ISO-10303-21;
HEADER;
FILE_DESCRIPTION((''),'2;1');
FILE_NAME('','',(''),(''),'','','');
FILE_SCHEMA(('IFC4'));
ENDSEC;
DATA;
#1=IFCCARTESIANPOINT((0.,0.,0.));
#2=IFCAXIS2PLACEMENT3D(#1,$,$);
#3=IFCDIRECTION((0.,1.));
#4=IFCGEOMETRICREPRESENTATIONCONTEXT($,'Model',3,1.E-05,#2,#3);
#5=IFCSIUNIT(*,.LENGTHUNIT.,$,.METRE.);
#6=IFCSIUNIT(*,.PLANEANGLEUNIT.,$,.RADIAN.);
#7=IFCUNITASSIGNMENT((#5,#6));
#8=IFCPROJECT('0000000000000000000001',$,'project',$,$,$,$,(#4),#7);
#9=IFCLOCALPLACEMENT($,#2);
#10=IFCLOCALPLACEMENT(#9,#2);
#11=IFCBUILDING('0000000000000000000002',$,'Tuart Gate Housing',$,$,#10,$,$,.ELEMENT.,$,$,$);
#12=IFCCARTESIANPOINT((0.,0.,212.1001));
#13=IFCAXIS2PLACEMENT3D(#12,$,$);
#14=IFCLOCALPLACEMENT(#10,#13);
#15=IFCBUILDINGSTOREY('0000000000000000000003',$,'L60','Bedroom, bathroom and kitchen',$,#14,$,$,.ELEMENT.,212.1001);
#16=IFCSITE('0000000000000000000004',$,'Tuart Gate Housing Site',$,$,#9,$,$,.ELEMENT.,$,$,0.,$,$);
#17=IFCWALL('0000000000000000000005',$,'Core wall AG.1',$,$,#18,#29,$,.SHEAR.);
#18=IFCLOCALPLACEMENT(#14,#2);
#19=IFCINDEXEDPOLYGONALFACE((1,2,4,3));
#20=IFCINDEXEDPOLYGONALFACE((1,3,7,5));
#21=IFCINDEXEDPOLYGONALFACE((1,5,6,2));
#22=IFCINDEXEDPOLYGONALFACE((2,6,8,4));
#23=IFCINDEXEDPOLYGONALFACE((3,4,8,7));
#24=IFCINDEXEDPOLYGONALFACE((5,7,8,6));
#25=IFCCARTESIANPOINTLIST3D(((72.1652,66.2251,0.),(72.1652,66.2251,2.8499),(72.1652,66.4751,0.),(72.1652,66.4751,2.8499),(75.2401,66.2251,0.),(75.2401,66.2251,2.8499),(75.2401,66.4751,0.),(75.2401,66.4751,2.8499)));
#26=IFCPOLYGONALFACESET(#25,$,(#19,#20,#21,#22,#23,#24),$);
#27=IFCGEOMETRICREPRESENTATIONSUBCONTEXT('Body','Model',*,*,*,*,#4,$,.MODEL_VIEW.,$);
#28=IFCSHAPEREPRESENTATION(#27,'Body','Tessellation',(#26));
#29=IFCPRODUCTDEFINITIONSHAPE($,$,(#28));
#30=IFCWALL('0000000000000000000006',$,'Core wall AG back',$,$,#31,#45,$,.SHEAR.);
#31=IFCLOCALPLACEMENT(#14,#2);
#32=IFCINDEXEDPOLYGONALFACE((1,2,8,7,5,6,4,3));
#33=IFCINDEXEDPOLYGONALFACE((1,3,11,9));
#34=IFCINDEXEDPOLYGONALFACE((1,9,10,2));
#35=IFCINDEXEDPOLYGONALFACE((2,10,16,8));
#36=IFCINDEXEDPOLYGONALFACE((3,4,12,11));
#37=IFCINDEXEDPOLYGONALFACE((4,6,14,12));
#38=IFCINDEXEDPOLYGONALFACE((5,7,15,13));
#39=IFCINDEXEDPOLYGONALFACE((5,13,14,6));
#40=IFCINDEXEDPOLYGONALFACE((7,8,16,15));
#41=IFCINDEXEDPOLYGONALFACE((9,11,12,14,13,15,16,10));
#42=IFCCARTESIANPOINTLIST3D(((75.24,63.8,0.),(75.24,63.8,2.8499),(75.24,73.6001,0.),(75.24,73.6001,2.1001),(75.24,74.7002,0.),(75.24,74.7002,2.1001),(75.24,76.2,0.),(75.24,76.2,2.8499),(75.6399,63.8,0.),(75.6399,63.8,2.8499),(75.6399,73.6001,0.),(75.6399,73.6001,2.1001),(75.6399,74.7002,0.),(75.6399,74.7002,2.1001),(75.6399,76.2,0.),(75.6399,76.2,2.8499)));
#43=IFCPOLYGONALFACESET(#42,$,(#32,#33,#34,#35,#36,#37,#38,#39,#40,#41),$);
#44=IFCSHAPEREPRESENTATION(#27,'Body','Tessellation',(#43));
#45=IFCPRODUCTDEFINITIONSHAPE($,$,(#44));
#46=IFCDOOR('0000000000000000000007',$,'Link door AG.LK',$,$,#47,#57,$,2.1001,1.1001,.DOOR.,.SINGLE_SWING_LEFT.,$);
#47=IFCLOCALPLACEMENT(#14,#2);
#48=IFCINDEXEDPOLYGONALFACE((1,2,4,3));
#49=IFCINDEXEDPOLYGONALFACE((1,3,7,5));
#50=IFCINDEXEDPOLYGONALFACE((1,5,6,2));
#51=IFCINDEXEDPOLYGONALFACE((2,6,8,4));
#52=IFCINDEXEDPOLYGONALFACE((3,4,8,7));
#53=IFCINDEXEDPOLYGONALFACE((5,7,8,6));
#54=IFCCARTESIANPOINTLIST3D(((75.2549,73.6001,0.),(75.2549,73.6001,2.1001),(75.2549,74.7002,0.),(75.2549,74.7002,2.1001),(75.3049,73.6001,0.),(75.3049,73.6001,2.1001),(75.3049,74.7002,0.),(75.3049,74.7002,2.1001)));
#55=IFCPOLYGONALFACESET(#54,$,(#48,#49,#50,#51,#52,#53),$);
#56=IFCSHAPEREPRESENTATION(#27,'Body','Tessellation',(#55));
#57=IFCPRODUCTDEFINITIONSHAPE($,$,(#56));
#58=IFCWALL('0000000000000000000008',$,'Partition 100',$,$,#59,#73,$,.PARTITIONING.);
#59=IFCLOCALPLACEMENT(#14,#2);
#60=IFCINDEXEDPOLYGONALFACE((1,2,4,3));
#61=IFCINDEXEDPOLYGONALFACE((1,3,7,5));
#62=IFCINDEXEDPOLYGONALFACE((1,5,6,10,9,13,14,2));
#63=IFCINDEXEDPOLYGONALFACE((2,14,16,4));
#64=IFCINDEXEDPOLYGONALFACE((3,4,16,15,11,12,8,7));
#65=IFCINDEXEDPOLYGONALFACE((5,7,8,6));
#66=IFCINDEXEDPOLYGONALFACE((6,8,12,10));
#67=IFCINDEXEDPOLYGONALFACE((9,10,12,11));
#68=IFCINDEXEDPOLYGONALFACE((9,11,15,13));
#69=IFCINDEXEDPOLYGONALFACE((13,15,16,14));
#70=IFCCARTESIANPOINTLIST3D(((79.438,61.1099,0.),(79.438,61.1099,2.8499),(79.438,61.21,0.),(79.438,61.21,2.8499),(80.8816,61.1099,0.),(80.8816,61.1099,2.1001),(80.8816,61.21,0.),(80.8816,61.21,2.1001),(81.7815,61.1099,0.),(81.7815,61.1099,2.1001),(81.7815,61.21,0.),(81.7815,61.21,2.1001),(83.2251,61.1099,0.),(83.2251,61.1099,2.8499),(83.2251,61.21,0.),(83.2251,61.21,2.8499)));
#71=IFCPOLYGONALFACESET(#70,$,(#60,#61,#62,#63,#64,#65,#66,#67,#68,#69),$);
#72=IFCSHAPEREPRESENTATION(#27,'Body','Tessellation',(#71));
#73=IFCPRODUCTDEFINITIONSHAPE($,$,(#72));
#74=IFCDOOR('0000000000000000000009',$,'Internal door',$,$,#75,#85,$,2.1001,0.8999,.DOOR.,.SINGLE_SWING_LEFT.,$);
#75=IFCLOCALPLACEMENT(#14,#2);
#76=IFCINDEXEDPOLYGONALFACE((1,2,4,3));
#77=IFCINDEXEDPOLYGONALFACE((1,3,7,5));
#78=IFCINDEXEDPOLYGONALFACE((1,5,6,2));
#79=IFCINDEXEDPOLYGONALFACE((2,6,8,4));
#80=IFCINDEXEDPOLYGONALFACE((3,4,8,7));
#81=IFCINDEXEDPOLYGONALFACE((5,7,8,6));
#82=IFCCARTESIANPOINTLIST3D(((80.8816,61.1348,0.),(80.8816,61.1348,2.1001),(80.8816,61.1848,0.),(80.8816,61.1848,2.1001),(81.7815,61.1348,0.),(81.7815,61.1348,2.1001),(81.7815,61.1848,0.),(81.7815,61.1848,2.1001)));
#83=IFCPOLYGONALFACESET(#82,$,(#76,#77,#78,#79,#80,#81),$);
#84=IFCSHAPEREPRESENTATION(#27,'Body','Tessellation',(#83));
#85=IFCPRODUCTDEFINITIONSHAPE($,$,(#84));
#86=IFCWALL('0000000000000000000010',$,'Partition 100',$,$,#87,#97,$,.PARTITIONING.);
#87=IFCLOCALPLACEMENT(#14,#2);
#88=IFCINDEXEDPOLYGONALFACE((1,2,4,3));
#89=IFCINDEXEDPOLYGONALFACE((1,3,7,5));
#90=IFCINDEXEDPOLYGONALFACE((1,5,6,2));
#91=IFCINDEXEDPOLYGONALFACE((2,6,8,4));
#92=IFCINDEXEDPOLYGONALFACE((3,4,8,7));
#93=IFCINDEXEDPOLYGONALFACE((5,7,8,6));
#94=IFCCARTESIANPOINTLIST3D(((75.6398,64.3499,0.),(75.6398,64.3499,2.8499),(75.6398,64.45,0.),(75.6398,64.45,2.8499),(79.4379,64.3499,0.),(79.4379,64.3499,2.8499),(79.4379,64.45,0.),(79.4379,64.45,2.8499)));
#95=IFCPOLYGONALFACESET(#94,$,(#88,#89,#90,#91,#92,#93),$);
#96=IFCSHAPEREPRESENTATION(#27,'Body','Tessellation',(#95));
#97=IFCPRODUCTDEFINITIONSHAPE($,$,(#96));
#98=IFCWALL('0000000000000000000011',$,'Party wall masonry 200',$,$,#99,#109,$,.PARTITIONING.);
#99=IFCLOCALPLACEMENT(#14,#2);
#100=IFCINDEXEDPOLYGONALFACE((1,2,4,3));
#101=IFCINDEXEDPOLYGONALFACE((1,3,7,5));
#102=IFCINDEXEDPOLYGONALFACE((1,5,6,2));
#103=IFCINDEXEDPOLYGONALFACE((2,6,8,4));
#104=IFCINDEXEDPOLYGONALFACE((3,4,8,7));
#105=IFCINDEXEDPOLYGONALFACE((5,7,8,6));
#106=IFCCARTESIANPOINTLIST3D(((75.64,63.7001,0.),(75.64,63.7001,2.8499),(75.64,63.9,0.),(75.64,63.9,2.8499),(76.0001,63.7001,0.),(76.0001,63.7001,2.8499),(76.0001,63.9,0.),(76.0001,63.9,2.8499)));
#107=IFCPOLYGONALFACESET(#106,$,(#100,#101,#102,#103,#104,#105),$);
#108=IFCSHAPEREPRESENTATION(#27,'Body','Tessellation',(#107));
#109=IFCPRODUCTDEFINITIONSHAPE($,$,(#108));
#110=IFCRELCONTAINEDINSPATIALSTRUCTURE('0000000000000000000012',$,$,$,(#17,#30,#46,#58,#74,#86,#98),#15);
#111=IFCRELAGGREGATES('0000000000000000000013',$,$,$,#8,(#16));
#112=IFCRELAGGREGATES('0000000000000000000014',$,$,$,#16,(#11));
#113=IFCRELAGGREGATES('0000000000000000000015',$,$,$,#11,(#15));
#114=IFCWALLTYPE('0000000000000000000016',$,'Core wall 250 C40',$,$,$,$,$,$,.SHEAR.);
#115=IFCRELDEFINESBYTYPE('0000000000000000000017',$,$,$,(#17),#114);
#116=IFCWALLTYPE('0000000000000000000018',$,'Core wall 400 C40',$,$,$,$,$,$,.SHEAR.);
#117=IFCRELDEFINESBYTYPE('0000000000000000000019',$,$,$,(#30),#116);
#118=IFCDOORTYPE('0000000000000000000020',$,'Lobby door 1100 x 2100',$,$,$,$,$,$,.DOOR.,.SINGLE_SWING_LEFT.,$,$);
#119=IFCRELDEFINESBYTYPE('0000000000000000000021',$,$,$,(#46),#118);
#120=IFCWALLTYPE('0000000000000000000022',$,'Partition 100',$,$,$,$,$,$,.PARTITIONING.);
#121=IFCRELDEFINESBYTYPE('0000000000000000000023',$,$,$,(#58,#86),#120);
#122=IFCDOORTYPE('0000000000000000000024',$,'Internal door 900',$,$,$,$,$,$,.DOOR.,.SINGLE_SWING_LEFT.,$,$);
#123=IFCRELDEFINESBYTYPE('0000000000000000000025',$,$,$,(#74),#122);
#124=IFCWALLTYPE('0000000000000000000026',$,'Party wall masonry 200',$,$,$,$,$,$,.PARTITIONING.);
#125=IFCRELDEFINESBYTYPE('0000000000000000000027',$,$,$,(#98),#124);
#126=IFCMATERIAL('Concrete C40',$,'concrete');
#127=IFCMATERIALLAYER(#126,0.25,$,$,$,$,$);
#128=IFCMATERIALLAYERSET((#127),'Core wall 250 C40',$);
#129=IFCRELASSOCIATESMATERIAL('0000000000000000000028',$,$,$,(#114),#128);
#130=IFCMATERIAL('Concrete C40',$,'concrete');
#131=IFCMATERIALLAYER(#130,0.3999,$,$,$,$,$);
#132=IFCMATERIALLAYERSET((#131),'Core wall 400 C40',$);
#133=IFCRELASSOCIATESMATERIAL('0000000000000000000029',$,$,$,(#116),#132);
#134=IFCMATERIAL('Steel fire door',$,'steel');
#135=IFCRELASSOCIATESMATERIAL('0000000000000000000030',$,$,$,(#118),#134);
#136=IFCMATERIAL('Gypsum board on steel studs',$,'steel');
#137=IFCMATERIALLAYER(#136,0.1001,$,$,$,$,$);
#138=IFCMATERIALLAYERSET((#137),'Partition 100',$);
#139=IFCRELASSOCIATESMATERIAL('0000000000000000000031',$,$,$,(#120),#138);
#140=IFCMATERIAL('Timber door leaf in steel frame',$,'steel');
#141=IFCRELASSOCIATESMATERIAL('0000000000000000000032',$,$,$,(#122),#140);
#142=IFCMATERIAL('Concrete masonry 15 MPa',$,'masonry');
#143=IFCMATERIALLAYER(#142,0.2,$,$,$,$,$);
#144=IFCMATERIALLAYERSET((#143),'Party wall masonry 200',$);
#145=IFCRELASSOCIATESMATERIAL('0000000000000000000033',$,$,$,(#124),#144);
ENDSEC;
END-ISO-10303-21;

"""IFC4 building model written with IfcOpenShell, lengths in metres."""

from ifc_helpers import new_model, si_unit, direction, frame, frame_2d, origin, place, context, subcontext, project, spatial, rectangle, extrude, material, layer, layer_set, type_object, element, fill, save


model = new_model("IFC4")

# Units and contexts
model_context = context("Model", 3, precision=1e-05, world=origin(), true_north=direction((0.0, 1.0)))
body_context = subcontext(model_context, "Body", "Model", "MODEL_VIEW")
ifc_project = project(units=[si_unit("LENGTHUNIT", "METRE"), si_unit("PLANEANGLEUNIT", "RADIAN")], contexts=[model_context])

# Site, building, storey
site_placement = place(None, origin())
site = spatial("IfcSite", under=ifc_project, at=site_placement, Name="Tuart Gate Housing Site", CompositionType="ELEMENT", RefElevation=0.0)
building_placement = place(site_placement, origin())
building = spatial("IfcBuilding", under=site, at=building_placement, Name="Tuart Gate Housing", CompositionType="ELEMENT")
storey_placement = place(building_placement, frame((0.0, 0.0, 212.1001)))
storey = spatial("IfcBuildingStorey", under=building, at=storey_placement, Name="L60", Description="Bedroom, bathroom and kitchen", CompositionType="ELEMENT", Elevation=212.1001)

# Wall
ifc_material_1 = material(Name="Concrete C40", Category="concrete")
ifc_layer_1 = layer(ifc_material_1, 0.25)
ifc_layer_set_1 = layer_set([ifc_layer_1], Name="Core wall 250 C40")
wall_type_1 = type_object("IfcWallType", Name="Core wall 250 C40", PredefinedType="SHEAR", material=ifc_layer_set_1)
wall_1_placement = place(storey_placement, frame((72.165, 66.3501, 0.0), z_axis=(0.0, 0.0, 1.0), x_axis=(1.0, 0.0, 0.0)))
element("IfcWall", 1, at=wall_1_placement, inside=storey, type_object=wall_type_1, Name="Core wall AG.1", PredefinedType="SHEAR", context=body_context, shape_type="SweptSolid", body=[
    extrude(rectangle(XDim=3.075, YDim=0.25, at=frame_2d((1.5376, 0.0))), origin(), (0.0, 0.0, 1.0), 2.8499),
])

# Walls, openings, doors
ifc_material_2 = material(Name="Concrete C40", Category="concrete")
ifc_layer_2 = layer(ifc_material_2, 0.3999)
ifc_layer_set_2 = layer_set([ifc_layer_2], Name="Core wall 400 C40")
wall_type_2 = type_object("IfcWallType", Name="Core wall 400 C40", PredefinedType="SHEAR", material=ifc_layer_set_2)
wall_2_placement = place(storey_placement, frame((75.4399, 63.8, 0.0), z_axis=(0.0, 0.0, 1.0), x_axis=(0.0, 1.0, 0.0)))
wall_2 = element("IfcWall", 2, at=wall_2_placement, inside=storey, type_object=wall_type_2, Name="Core wall AG back", PredefinedType="SHEAR", context=body_context, shape_type="SweptSolid", body=[
    extrude(rectangle(XDim=12.3999, YDim=0.3999, at=frame_2d((6.2, 0.0))), origin(), (0.0, 0.0, 1.0), 2.8499),
])
opening_1_placement = place(wall_2_placement, frame((9.8, 0.0, 0.0)))
opening_1 = element("IfcOpeningElement", 3, at=opening_1_placement, cuts=wall_2, PredefinedType="OPENING", context=body_context, shape_type="SweptSolid", body=[
    extrude(rectangle(XDim=1.1001, YDim=2.1001, at=frame_2d((0.55, 1.05))), frame((0.0, 0.21, 0.0), z_axis=(0.0, -1.0, 0.0), x_axis=(1.0, 0.0, 0.0)), (0.0, 0.0, 1.0), 0.4199),
])
ifc_material_3 = material(Name="Steel fire door", Category="steel")
door_type_1 = type_object("IfcDoorType", Name="Lobby door 1100 x 2100", OperationType="SINGLE_SWING_LEFT", PredefinedType="DOOR", material=ifc_material_3)
door_1_placement = place(opening_1_placement, origin())
door_1 = element("IfcDoor", 4, at=door_1_placement, inside=storey, type_object=door_type_1, Name="Link door AG.LK", OperationType="SINGLE_SWING_LEFT", OverallHeight=2.1001, OverallWidth=1.1001, PredefinedType="DOOR", context=body_context, shape_type="SweptSolid", body=[
    extrude(rectangle(XDim=1.1001, YDim=2.1001, at=frame_2d((0.55, 1.05))), frame((0.0, 0.1851, 0.0), z_axis=(0.0, -1.0, 0.0), x_axis=(1.0, 0.0, 0.0)), (0.0, 0.0, 1.0), 0.05),
])
fill(opening_1, door_1)
ifc_material_4 = material(Name="Gypsum board on steel studs", Category="steel")
ifc_layer_3 = layer(ifc_material_4, 0.1001)
ifc_layer_set_3 = layer_set([ifc_layer_3], Name="Partition 100")
wall_type_3 = type_object("IfcWallType", Name="Partition 100", PredefinedType="PARTITIONING", material=ifc_layer_set_3)
wall_3_placement = place(storey_placement, frame((79.438, 61.1599, 0.0), z_axis=(0.0, 0.0, 1.0), x_axis=(1.0, 0.0, 0.0)))
wall_3 = element("IfcWall", 5, at=wall_3_placement, inside=storey, type_object=wall_type_3, Name="Partition 100", PredefinedType="PARTITIONING", context=body_context, shape_type="SweptSolid", body=[
    extrude(rectangle(XDim=3.7871, YDim=0.1001, at=frame_2d((1.8936, 0.0))), origin(), (0.0, 0.0, 1.0), 2.8499),
])
opening_2_placement = place(wall_3_placement, frame((1.4436, 0.0, 0.0)))
opening_2 = element("IfcOpeningElement", 6, at=opening_2_placement, cuts=wall_3, PredefinedType="OPENING", context=body_context, shape_type="SweptSolid", body=[
    extrude(rectangle(XDim=0.8999, YDim=2.1001, at=frame_2d((0.45, 1.05))), frame((0.0, 0.0601, 0.0), z_axis=(0.0, -1.0, 0.0), x_axis=(1.0, 0.0, 0.0)), (0.0, 0.0, 1.0), 0.1201),
])
ifc_material_5 = material(Name="Timber door leaf in steel frame", Category="steel")
door_type_2 = type_object("IfcDoorType", Name="Internal door 900", OperationType="SINGLE_SWING_LEFT", PredefinedType="DOOR", material=ifc_material_5)
door_2_placement = place(opening_2_placement, origin())
door_2 = element("IfcDoor", 7, at=door_2_placement, inside=storey, type_object=door_type_2, Name="Internal door", OperationType="SINGLE_SWING_LEFT", OverallHeight=2.1001, OverallWidth=0.8999, PredefinedType="DOOR", context=body_context, shape_type="SweptSolid", body=[
    extrude(rectangle(XDim=0.8999, YDim=2.1001, at=frame_2d((0.45, 1.05))), frame((0.0, 0.0249, 0.0), z_axis=(0.0, -1.0, 0.0), x_axis=(1.0, 0.0, 0.0)), (0.0, 0.0, 1.0), 0.05),
])
fill(opening_2, door_2)

# Walls
wall_4_placement = place(storey_placement, frame((75.6399, 64.3999, 0.0), z_axis=(0.0, 0.0, 1.0), x_axis=(1.0, 0.0, 0.0)))
element("IfcWall", 8, at=wall_4_placement, inside=storey, type_object=wall_type_3, Name="Partition 100", PredefinedType="PARTITIONING", context=body_context, shape_type="SweptSolid", body=[
    extrude(rectangle(XDim=3.7981, YDim=0.1001, at=frame_2d((1.8989, 0.0))), origin(), (0.0, 0.0, 1.0), 2.8499),
])
ifc_material_6 = material(Name="Concrete masonry 15 MPa", Category="masonry")
ifc_layer_4 = layer(ifc_material_6, 0.2)
ifc_layer_set_4 = layer_set([ifc_layer_4], Name="Party wall masonry 200")
wall_type_4 = type_object("IfcWallType", Name="Party wall masonry 200", PredefinedType="PARTITIONING", material=ifc_layer_set_4)
wall_5_placement = place(storey_placement, frame((75.6399, 63.8, 0.0), z_axis=(0.0, 0.0, 1.0), x_axis=(1.0, 0.0, 0.0)))
element("IfcWall", 9, at=wall_5_placement, inside=storey, type_object=wall_type_4, Name="Party wall masonry 200", PredefinedType="PARTITIONING", context=body_context, shape_type="SweptSolid", body=[
    extrude(rectangle(XDim=0.3601, YDim=0.2, at=frame_2d((0.1802, 0.0))), origin(), (0.0, 0.0, 1.0), 2.8499),
])

save(model, "model.ifc")
